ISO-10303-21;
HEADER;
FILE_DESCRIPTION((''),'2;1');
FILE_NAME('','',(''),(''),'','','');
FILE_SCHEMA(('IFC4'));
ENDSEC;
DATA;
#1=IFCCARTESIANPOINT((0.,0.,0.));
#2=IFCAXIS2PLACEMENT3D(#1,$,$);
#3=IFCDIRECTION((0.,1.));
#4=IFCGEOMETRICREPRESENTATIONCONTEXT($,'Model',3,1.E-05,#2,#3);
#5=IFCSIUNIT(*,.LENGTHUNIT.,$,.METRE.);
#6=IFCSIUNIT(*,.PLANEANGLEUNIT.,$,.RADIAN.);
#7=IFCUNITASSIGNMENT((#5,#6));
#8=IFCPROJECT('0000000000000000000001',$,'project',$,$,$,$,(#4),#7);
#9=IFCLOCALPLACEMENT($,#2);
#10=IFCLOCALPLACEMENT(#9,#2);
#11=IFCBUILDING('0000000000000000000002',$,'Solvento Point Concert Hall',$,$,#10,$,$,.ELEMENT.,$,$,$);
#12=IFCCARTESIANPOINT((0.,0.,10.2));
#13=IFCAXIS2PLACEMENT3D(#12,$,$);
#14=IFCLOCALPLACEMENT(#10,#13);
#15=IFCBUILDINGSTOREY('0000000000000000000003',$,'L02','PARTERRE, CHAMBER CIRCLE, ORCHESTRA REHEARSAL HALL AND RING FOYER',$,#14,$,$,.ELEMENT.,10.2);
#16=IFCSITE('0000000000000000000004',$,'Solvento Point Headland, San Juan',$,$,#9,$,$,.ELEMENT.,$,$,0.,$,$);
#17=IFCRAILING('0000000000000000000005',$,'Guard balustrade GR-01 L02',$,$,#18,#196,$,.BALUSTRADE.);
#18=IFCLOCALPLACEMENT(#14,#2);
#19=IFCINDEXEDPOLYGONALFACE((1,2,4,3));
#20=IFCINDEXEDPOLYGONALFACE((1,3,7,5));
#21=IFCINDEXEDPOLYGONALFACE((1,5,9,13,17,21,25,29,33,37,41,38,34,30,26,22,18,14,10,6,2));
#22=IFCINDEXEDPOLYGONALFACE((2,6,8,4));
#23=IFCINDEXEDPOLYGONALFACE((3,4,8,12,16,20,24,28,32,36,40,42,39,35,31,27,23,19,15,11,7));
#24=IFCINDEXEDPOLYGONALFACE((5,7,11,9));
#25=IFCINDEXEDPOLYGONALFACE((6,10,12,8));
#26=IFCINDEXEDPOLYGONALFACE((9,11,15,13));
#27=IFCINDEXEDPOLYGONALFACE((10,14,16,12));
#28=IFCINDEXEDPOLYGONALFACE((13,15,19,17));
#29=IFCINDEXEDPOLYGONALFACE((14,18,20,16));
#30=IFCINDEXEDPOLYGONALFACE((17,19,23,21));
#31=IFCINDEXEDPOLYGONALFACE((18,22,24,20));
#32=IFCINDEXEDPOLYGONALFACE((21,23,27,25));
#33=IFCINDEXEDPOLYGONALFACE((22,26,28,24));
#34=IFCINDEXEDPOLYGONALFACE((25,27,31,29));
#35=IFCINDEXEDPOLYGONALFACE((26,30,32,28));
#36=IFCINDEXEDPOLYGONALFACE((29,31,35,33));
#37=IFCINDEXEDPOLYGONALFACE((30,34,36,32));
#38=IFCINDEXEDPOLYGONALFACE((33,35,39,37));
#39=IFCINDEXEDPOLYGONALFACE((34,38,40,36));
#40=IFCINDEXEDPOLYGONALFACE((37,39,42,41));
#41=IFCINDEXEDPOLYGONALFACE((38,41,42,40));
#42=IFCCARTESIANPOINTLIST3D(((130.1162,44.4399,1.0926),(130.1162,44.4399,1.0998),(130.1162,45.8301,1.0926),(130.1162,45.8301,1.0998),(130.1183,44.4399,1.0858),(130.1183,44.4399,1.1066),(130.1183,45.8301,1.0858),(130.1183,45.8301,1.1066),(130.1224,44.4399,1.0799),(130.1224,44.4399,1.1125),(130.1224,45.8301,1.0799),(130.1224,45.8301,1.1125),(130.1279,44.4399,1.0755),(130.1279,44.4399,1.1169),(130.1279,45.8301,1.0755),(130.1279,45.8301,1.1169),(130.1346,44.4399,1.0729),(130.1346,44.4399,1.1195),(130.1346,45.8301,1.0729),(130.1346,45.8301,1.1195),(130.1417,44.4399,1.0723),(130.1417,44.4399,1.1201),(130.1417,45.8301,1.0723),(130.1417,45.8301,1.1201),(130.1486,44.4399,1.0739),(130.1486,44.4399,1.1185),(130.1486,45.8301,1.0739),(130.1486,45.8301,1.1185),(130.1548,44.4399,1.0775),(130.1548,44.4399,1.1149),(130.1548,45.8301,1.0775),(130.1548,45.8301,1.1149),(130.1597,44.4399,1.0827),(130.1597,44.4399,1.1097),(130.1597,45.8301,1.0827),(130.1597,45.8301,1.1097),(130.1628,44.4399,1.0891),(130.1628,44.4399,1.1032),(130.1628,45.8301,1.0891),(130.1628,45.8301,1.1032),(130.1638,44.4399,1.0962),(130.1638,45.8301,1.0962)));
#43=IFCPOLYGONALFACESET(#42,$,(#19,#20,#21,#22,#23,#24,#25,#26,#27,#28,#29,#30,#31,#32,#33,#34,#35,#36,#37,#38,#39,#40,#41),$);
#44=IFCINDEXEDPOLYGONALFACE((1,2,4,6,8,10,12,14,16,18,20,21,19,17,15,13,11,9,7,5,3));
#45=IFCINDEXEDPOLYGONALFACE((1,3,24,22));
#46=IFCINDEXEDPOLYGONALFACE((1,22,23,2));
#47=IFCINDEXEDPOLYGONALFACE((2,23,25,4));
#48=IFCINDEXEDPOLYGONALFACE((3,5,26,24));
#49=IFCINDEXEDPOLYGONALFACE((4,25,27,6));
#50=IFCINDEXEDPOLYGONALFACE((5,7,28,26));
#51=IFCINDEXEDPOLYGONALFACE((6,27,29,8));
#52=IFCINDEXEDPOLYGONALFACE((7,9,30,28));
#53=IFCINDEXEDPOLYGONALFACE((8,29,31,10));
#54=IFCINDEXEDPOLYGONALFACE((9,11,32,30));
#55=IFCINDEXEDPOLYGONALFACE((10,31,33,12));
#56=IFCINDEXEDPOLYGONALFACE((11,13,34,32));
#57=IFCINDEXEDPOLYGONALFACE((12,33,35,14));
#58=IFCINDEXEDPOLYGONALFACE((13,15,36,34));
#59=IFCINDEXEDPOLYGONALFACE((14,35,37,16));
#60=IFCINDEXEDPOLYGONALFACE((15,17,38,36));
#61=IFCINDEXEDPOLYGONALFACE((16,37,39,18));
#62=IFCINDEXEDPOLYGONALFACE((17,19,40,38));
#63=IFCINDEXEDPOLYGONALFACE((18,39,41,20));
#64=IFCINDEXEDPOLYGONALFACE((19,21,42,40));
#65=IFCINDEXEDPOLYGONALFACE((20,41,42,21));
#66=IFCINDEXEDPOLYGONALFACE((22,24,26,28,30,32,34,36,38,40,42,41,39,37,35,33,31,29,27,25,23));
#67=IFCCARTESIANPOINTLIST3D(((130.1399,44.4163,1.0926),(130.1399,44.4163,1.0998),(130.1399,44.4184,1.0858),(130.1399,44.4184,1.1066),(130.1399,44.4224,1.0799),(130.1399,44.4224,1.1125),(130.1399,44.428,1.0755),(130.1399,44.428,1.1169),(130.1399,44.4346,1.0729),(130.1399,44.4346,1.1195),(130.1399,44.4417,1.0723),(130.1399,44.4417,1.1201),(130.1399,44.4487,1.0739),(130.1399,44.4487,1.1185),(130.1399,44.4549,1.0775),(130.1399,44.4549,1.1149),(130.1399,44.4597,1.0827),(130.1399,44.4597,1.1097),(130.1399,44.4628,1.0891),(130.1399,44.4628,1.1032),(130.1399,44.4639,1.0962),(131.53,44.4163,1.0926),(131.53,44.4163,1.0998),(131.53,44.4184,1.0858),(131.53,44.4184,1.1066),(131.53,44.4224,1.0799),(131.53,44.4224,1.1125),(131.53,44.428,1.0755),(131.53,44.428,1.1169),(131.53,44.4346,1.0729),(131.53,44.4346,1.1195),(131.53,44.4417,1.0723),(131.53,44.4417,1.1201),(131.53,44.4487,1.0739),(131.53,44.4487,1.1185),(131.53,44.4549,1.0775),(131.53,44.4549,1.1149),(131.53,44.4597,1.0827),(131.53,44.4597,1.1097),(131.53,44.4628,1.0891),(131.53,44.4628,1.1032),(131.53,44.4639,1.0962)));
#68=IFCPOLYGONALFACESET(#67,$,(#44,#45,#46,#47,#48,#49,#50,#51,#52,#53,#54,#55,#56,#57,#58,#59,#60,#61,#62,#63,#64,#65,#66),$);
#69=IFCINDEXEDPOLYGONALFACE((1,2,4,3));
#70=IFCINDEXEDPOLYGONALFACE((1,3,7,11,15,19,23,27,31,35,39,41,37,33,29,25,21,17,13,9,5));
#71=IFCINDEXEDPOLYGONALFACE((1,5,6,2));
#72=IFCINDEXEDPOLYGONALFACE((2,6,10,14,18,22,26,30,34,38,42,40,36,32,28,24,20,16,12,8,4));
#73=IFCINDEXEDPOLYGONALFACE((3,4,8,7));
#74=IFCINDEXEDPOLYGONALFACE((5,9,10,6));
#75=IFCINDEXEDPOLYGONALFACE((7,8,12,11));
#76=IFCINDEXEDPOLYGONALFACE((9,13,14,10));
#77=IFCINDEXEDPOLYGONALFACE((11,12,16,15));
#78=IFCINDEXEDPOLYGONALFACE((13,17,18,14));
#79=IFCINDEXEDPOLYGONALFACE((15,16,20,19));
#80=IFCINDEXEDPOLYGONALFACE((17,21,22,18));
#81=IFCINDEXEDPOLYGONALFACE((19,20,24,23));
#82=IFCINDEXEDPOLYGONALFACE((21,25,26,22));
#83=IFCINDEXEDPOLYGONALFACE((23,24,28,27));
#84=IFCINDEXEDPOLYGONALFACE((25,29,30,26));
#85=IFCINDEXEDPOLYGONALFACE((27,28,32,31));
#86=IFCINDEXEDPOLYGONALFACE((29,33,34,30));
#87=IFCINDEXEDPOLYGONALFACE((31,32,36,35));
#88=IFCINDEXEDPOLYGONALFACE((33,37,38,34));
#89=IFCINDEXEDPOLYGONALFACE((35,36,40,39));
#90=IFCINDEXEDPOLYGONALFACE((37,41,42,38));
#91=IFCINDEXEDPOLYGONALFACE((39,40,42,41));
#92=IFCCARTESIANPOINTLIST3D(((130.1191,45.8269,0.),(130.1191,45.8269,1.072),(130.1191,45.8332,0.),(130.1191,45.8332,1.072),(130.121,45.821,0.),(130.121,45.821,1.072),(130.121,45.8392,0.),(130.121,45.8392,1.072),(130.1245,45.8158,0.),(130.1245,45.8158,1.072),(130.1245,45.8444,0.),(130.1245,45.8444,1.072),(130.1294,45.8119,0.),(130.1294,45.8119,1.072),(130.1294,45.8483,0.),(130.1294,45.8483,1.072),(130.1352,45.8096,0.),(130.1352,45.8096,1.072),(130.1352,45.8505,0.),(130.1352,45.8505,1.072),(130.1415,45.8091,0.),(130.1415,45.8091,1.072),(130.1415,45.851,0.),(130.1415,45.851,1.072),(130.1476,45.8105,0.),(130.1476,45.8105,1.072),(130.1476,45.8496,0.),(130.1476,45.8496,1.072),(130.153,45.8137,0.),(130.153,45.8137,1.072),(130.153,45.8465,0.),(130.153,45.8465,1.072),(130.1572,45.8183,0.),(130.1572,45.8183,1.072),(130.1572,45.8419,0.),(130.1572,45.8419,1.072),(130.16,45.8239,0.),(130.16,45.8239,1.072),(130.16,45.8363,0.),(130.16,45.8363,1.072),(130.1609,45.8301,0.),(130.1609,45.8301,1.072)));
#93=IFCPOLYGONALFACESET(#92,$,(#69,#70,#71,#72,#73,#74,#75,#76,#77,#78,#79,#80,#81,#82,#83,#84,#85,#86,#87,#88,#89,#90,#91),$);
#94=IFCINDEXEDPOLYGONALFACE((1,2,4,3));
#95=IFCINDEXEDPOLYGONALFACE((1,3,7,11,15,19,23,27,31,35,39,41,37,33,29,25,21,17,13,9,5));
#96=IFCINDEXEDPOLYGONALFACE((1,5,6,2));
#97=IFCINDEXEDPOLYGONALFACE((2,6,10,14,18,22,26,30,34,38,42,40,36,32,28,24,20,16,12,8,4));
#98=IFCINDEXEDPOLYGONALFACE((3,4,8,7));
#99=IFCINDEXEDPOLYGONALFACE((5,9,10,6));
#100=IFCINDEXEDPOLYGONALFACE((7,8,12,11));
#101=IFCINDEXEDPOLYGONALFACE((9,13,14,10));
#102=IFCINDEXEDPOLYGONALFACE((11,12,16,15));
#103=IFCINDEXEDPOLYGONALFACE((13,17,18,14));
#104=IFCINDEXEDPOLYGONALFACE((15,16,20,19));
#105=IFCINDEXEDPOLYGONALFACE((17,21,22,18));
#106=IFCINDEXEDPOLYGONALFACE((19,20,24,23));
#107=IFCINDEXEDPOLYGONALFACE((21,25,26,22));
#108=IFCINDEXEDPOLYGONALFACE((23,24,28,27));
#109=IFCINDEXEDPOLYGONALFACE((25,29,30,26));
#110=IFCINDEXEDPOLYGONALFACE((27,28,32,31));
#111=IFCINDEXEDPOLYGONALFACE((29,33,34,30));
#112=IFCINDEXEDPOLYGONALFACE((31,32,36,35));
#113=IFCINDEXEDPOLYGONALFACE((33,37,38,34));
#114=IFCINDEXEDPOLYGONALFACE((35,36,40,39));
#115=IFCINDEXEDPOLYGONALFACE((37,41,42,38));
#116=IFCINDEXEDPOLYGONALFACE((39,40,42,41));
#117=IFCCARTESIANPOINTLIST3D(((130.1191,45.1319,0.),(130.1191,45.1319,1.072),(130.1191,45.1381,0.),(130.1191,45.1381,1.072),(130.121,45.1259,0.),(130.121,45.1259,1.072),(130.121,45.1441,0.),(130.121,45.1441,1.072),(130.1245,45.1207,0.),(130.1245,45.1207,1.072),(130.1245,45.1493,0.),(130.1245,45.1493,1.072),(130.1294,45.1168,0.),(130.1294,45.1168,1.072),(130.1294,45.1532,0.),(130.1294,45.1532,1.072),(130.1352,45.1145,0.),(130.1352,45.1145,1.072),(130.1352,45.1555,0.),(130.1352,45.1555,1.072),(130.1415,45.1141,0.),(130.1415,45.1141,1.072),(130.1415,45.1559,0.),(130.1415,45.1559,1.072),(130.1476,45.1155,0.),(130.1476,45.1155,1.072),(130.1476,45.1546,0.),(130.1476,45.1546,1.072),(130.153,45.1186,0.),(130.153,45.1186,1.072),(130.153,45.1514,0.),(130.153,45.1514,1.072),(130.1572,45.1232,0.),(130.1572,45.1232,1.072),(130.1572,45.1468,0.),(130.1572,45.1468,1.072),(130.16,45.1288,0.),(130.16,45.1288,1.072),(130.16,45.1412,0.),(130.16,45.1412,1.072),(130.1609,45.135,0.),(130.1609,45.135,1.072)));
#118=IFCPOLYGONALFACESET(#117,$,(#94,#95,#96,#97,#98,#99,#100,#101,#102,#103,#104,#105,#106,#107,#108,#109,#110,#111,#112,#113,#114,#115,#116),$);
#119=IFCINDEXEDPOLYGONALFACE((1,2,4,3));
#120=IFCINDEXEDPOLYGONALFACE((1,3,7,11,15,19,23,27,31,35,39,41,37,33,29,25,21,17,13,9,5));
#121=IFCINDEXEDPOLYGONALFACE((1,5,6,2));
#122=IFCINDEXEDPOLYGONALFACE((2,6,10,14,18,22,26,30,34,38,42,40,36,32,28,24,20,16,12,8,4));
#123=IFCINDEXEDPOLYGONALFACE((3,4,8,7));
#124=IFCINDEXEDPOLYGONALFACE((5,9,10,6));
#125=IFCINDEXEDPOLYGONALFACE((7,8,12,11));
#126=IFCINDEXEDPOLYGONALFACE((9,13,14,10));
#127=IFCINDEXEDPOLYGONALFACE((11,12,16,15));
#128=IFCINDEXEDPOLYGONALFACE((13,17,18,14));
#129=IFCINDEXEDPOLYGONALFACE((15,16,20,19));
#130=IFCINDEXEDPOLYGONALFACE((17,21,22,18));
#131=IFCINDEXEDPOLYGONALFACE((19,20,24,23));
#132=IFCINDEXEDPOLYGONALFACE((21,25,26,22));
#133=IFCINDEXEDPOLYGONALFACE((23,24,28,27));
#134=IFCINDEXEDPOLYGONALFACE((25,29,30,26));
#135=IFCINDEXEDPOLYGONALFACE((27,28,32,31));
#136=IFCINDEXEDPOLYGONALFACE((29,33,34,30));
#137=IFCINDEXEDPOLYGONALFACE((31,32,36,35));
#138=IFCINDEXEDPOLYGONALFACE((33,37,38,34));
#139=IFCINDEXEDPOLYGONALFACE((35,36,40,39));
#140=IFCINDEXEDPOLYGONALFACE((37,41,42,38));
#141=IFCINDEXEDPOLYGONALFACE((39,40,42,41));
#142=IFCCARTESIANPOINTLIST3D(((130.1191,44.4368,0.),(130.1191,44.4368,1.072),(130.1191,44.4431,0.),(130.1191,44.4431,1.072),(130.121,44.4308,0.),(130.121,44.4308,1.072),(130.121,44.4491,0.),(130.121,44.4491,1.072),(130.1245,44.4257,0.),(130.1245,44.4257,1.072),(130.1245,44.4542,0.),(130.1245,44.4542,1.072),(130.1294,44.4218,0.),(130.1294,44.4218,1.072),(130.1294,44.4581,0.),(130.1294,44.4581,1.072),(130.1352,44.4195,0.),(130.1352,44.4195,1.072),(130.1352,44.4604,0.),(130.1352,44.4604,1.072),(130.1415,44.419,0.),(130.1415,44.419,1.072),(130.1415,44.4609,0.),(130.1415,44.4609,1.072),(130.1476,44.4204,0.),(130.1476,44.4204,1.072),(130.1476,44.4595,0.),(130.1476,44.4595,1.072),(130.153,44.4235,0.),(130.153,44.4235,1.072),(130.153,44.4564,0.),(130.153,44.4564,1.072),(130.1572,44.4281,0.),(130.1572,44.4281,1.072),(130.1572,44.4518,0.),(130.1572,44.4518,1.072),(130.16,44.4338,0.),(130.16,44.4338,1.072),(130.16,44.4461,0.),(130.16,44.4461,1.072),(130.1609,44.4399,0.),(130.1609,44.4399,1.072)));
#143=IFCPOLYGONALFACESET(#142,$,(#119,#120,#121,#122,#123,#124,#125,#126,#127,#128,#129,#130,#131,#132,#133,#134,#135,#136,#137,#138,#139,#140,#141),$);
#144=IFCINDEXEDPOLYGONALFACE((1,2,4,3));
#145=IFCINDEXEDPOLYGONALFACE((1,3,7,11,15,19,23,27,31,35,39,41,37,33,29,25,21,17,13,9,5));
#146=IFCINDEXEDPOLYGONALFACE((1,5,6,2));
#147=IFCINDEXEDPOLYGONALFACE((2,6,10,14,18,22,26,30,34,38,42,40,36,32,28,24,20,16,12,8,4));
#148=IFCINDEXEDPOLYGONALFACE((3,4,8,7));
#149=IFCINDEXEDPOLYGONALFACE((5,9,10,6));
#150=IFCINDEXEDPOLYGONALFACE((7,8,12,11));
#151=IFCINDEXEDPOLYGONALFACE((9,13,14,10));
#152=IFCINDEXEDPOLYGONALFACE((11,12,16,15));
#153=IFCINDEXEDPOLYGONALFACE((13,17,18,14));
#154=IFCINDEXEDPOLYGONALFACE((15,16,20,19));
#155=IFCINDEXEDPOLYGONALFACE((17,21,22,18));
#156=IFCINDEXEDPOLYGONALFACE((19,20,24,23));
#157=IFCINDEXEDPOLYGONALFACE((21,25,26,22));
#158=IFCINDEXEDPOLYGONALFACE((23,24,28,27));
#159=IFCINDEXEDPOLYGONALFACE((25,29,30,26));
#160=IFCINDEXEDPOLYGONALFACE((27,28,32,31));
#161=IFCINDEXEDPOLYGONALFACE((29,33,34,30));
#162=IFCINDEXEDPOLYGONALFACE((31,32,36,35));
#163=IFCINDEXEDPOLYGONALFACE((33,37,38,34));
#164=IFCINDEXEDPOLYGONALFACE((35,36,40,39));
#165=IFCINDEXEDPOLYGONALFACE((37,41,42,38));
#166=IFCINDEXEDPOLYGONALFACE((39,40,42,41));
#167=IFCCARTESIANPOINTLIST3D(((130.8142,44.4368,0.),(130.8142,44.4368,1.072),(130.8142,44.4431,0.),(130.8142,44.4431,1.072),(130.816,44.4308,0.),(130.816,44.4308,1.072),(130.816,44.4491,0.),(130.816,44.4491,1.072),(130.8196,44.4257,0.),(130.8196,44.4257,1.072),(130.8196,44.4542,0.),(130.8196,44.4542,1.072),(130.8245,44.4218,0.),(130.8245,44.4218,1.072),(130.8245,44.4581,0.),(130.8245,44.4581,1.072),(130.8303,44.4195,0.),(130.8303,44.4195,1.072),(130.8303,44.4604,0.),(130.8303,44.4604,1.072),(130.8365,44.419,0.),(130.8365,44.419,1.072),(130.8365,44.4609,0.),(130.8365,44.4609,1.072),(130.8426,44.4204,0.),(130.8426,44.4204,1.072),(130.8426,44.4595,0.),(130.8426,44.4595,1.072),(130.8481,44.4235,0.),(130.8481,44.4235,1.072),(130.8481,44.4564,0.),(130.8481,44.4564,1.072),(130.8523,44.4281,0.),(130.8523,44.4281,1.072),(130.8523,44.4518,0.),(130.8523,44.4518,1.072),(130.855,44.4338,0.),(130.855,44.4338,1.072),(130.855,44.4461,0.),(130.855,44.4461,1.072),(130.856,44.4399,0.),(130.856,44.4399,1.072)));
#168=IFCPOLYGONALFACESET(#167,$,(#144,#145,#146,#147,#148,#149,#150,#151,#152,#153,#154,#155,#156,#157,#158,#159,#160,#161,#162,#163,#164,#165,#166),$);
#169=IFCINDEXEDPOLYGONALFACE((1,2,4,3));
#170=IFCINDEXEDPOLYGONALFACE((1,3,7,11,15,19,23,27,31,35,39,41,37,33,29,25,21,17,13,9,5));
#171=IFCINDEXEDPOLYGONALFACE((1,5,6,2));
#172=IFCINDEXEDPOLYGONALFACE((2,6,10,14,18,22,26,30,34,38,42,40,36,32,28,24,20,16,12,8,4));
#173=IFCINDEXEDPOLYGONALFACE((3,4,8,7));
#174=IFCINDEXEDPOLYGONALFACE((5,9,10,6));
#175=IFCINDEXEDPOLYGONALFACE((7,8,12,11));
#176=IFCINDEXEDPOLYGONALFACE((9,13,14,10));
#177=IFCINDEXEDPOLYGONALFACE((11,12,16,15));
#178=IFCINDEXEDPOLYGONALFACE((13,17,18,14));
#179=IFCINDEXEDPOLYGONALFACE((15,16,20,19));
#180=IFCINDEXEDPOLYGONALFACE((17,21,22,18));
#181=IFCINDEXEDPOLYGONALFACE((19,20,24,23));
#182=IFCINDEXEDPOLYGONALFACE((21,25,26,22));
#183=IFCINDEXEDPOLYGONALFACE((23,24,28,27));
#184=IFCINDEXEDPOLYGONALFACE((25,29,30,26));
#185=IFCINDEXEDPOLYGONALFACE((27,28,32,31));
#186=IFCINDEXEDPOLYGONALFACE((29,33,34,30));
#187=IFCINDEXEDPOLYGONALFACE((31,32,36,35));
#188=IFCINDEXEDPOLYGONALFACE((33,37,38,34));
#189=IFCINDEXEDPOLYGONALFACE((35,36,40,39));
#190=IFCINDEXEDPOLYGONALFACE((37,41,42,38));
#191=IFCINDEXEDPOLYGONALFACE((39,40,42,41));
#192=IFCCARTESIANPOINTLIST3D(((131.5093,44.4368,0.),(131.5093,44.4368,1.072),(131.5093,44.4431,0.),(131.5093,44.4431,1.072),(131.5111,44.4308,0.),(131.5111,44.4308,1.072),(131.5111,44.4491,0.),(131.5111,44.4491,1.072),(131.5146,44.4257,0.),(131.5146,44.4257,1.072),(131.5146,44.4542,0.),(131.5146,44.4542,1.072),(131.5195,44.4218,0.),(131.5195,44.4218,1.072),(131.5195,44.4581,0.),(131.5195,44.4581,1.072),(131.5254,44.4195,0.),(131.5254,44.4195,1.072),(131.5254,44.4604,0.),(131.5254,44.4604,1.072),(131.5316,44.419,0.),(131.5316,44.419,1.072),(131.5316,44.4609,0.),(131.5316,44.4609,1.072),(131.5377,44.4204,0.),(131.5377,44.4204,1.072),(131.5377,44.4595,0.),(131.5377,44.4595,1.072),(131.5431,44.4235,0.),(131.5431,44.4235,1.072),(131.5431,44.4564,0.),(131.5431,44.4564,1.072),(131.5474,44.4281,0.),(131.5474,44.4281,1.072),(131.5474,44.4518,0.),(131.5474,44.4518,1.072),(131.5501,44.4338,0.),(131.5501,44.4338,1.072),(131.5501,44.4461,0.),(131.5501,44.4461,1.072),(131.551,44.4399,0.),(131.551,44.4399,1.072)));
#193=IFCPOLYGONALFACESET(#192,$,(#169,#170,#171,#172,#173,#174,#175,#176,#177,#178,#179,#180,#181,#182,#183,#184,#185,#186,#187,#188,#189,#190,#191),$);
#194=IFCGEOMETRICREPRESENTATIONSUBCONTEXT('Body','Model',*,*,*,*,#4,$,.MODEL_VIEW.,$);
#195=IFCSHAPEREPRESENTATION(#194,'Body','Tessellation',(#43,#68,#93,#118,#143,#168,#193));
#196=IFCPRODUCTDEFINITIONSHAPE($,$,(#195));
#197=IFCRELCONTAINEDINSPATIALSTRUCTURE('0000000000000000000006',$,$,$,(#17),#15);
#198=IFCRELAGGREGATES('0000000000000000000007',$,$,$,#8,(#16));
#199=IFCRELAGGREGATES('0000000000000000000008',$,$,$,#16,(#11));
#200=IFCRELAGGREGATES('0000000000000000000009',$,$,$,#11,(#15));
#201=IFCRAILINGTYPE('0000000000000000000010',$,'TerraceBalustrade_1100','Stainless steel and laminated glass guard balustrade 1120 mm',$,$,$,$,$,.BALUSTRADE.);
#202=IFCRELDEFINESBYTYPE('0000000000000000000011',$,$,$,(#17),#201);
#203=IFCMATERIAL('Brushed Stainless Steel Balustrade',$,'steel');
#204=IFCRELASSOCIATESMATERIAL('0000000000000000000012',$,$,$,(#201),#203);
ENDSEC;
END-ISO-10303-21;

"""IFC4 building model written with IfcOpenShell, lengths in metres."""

from ifc_helpers import new_model, si_unit, direction, frame, origin, origin_2d, place, context, subcontext, project, spatial, circle, extrude, material, type_object, element, save


model = new_model("IFC4")

# Units and contexts
model_context = context("Model", 3, precision=1e-05, world=origin(), true_north=direction((0.0, 1.0)))
body_context = subcontext(model_context, "Body", "Model", "MODEL_VIEW")
ifc_project = project(units=[si_unit("LENGTHUNIT", "METRE"), si_unit("PLANEANGLEUNIT", "RADIAN")], contexts=[model_context])

# Site, building, storey
site_placement = place(None, origin())
site = spatial("IfcSite", under=ifc_project, at=site_placement, Name="Solvento Point Headland, San Juan", CompositionType="ELEMENT", RefElevation=0.0)
building_placement = place(site_placement, origin())
building = spatial("IfcBuilding", under=site, at=building_placement, Name="Solvento Point Concert Hall", CompositionType="ELEMENT")
storey_placement = place(building_placement, frame((0.0, 0.0, 10.2)))
storey = spatial("IfcBuildingStorey", under=building, at=storey_placement, Name="L02", Description="PARTERRE, CHAMBER CIRCLE, ORCHESTRA REHEARSAL HALL AND RING FOYER", CompositionType="ELEMENT", Elevation=10.2)

# Railing
ifc_material_1 = material(Name="Brushed Stainless Steel Balustrade", Category="steel")
railing_type = type_object("IfcRailingType", Name="TerraceBalustrade_1100", Description="Stainless steel and laminated glass guard balustrade 1120 mm", PredefinedType="BALUSTRADE", material=ifc_material_1)
railing_1_placement = place(storey_placement, frame((130.1399, 45.8301, 0.0)))
element("IfcRailing", 1, at=railing_1_placement, inside=storey, type_object=railing_type, Name="Guard balustrade GR-01 L02", PredefinedType="BALUSTRADE", context=body_context, shape_type="SweptSolid", body=[
    extrude(circle(Radius=0.0239, at=origin_2d()), frame((0.0, 0.0, 1.0962), z_axis=(0.0, -1.0, 0.0), x_axis=(1.0, 0.0, 0.0)), (0.0, 0.0, 1.0), 1.3901),
    extrude(circle(Radius=0.0239, at=origin_2d()), frame((0.0, -1.3901, 1.0962), z_axis=(1.0, 0.0, 0.0), x_axis=(0.0, 1.0, 0.0)), (0.0, 0.0, 1.0), 1.3901),
    extrude(circle(Radius=0.021, at=origin_2d()), origin(), (0.0, 0.0, 1.0), 1.072),
    extrude(circle(Radius=0.021, at=origin_2d()), frame((0.0, -0.6951, 0.0)), (0.0, 0.0, 1.0), 1.072),
    extrude(circle(Radius=0.021, at=origin_2d()), frame((0.0, -1.3901, 0.0)), (0.0, 0.0, 1.0), 1.072),
    extrude(circle(Radius=0.021, at=origin_2d()), frame((0.6951, -1.3901, 0.0)), (0.0, 0.0, 1.0), 1.072),
    extrude(circle(Radius=0.021, at=origin_2d()), frame((1.3901, -1.3901, 0.0)), (0.0, 0.0, 1.0), 1.072),
])

save(model, "model.ifc")
